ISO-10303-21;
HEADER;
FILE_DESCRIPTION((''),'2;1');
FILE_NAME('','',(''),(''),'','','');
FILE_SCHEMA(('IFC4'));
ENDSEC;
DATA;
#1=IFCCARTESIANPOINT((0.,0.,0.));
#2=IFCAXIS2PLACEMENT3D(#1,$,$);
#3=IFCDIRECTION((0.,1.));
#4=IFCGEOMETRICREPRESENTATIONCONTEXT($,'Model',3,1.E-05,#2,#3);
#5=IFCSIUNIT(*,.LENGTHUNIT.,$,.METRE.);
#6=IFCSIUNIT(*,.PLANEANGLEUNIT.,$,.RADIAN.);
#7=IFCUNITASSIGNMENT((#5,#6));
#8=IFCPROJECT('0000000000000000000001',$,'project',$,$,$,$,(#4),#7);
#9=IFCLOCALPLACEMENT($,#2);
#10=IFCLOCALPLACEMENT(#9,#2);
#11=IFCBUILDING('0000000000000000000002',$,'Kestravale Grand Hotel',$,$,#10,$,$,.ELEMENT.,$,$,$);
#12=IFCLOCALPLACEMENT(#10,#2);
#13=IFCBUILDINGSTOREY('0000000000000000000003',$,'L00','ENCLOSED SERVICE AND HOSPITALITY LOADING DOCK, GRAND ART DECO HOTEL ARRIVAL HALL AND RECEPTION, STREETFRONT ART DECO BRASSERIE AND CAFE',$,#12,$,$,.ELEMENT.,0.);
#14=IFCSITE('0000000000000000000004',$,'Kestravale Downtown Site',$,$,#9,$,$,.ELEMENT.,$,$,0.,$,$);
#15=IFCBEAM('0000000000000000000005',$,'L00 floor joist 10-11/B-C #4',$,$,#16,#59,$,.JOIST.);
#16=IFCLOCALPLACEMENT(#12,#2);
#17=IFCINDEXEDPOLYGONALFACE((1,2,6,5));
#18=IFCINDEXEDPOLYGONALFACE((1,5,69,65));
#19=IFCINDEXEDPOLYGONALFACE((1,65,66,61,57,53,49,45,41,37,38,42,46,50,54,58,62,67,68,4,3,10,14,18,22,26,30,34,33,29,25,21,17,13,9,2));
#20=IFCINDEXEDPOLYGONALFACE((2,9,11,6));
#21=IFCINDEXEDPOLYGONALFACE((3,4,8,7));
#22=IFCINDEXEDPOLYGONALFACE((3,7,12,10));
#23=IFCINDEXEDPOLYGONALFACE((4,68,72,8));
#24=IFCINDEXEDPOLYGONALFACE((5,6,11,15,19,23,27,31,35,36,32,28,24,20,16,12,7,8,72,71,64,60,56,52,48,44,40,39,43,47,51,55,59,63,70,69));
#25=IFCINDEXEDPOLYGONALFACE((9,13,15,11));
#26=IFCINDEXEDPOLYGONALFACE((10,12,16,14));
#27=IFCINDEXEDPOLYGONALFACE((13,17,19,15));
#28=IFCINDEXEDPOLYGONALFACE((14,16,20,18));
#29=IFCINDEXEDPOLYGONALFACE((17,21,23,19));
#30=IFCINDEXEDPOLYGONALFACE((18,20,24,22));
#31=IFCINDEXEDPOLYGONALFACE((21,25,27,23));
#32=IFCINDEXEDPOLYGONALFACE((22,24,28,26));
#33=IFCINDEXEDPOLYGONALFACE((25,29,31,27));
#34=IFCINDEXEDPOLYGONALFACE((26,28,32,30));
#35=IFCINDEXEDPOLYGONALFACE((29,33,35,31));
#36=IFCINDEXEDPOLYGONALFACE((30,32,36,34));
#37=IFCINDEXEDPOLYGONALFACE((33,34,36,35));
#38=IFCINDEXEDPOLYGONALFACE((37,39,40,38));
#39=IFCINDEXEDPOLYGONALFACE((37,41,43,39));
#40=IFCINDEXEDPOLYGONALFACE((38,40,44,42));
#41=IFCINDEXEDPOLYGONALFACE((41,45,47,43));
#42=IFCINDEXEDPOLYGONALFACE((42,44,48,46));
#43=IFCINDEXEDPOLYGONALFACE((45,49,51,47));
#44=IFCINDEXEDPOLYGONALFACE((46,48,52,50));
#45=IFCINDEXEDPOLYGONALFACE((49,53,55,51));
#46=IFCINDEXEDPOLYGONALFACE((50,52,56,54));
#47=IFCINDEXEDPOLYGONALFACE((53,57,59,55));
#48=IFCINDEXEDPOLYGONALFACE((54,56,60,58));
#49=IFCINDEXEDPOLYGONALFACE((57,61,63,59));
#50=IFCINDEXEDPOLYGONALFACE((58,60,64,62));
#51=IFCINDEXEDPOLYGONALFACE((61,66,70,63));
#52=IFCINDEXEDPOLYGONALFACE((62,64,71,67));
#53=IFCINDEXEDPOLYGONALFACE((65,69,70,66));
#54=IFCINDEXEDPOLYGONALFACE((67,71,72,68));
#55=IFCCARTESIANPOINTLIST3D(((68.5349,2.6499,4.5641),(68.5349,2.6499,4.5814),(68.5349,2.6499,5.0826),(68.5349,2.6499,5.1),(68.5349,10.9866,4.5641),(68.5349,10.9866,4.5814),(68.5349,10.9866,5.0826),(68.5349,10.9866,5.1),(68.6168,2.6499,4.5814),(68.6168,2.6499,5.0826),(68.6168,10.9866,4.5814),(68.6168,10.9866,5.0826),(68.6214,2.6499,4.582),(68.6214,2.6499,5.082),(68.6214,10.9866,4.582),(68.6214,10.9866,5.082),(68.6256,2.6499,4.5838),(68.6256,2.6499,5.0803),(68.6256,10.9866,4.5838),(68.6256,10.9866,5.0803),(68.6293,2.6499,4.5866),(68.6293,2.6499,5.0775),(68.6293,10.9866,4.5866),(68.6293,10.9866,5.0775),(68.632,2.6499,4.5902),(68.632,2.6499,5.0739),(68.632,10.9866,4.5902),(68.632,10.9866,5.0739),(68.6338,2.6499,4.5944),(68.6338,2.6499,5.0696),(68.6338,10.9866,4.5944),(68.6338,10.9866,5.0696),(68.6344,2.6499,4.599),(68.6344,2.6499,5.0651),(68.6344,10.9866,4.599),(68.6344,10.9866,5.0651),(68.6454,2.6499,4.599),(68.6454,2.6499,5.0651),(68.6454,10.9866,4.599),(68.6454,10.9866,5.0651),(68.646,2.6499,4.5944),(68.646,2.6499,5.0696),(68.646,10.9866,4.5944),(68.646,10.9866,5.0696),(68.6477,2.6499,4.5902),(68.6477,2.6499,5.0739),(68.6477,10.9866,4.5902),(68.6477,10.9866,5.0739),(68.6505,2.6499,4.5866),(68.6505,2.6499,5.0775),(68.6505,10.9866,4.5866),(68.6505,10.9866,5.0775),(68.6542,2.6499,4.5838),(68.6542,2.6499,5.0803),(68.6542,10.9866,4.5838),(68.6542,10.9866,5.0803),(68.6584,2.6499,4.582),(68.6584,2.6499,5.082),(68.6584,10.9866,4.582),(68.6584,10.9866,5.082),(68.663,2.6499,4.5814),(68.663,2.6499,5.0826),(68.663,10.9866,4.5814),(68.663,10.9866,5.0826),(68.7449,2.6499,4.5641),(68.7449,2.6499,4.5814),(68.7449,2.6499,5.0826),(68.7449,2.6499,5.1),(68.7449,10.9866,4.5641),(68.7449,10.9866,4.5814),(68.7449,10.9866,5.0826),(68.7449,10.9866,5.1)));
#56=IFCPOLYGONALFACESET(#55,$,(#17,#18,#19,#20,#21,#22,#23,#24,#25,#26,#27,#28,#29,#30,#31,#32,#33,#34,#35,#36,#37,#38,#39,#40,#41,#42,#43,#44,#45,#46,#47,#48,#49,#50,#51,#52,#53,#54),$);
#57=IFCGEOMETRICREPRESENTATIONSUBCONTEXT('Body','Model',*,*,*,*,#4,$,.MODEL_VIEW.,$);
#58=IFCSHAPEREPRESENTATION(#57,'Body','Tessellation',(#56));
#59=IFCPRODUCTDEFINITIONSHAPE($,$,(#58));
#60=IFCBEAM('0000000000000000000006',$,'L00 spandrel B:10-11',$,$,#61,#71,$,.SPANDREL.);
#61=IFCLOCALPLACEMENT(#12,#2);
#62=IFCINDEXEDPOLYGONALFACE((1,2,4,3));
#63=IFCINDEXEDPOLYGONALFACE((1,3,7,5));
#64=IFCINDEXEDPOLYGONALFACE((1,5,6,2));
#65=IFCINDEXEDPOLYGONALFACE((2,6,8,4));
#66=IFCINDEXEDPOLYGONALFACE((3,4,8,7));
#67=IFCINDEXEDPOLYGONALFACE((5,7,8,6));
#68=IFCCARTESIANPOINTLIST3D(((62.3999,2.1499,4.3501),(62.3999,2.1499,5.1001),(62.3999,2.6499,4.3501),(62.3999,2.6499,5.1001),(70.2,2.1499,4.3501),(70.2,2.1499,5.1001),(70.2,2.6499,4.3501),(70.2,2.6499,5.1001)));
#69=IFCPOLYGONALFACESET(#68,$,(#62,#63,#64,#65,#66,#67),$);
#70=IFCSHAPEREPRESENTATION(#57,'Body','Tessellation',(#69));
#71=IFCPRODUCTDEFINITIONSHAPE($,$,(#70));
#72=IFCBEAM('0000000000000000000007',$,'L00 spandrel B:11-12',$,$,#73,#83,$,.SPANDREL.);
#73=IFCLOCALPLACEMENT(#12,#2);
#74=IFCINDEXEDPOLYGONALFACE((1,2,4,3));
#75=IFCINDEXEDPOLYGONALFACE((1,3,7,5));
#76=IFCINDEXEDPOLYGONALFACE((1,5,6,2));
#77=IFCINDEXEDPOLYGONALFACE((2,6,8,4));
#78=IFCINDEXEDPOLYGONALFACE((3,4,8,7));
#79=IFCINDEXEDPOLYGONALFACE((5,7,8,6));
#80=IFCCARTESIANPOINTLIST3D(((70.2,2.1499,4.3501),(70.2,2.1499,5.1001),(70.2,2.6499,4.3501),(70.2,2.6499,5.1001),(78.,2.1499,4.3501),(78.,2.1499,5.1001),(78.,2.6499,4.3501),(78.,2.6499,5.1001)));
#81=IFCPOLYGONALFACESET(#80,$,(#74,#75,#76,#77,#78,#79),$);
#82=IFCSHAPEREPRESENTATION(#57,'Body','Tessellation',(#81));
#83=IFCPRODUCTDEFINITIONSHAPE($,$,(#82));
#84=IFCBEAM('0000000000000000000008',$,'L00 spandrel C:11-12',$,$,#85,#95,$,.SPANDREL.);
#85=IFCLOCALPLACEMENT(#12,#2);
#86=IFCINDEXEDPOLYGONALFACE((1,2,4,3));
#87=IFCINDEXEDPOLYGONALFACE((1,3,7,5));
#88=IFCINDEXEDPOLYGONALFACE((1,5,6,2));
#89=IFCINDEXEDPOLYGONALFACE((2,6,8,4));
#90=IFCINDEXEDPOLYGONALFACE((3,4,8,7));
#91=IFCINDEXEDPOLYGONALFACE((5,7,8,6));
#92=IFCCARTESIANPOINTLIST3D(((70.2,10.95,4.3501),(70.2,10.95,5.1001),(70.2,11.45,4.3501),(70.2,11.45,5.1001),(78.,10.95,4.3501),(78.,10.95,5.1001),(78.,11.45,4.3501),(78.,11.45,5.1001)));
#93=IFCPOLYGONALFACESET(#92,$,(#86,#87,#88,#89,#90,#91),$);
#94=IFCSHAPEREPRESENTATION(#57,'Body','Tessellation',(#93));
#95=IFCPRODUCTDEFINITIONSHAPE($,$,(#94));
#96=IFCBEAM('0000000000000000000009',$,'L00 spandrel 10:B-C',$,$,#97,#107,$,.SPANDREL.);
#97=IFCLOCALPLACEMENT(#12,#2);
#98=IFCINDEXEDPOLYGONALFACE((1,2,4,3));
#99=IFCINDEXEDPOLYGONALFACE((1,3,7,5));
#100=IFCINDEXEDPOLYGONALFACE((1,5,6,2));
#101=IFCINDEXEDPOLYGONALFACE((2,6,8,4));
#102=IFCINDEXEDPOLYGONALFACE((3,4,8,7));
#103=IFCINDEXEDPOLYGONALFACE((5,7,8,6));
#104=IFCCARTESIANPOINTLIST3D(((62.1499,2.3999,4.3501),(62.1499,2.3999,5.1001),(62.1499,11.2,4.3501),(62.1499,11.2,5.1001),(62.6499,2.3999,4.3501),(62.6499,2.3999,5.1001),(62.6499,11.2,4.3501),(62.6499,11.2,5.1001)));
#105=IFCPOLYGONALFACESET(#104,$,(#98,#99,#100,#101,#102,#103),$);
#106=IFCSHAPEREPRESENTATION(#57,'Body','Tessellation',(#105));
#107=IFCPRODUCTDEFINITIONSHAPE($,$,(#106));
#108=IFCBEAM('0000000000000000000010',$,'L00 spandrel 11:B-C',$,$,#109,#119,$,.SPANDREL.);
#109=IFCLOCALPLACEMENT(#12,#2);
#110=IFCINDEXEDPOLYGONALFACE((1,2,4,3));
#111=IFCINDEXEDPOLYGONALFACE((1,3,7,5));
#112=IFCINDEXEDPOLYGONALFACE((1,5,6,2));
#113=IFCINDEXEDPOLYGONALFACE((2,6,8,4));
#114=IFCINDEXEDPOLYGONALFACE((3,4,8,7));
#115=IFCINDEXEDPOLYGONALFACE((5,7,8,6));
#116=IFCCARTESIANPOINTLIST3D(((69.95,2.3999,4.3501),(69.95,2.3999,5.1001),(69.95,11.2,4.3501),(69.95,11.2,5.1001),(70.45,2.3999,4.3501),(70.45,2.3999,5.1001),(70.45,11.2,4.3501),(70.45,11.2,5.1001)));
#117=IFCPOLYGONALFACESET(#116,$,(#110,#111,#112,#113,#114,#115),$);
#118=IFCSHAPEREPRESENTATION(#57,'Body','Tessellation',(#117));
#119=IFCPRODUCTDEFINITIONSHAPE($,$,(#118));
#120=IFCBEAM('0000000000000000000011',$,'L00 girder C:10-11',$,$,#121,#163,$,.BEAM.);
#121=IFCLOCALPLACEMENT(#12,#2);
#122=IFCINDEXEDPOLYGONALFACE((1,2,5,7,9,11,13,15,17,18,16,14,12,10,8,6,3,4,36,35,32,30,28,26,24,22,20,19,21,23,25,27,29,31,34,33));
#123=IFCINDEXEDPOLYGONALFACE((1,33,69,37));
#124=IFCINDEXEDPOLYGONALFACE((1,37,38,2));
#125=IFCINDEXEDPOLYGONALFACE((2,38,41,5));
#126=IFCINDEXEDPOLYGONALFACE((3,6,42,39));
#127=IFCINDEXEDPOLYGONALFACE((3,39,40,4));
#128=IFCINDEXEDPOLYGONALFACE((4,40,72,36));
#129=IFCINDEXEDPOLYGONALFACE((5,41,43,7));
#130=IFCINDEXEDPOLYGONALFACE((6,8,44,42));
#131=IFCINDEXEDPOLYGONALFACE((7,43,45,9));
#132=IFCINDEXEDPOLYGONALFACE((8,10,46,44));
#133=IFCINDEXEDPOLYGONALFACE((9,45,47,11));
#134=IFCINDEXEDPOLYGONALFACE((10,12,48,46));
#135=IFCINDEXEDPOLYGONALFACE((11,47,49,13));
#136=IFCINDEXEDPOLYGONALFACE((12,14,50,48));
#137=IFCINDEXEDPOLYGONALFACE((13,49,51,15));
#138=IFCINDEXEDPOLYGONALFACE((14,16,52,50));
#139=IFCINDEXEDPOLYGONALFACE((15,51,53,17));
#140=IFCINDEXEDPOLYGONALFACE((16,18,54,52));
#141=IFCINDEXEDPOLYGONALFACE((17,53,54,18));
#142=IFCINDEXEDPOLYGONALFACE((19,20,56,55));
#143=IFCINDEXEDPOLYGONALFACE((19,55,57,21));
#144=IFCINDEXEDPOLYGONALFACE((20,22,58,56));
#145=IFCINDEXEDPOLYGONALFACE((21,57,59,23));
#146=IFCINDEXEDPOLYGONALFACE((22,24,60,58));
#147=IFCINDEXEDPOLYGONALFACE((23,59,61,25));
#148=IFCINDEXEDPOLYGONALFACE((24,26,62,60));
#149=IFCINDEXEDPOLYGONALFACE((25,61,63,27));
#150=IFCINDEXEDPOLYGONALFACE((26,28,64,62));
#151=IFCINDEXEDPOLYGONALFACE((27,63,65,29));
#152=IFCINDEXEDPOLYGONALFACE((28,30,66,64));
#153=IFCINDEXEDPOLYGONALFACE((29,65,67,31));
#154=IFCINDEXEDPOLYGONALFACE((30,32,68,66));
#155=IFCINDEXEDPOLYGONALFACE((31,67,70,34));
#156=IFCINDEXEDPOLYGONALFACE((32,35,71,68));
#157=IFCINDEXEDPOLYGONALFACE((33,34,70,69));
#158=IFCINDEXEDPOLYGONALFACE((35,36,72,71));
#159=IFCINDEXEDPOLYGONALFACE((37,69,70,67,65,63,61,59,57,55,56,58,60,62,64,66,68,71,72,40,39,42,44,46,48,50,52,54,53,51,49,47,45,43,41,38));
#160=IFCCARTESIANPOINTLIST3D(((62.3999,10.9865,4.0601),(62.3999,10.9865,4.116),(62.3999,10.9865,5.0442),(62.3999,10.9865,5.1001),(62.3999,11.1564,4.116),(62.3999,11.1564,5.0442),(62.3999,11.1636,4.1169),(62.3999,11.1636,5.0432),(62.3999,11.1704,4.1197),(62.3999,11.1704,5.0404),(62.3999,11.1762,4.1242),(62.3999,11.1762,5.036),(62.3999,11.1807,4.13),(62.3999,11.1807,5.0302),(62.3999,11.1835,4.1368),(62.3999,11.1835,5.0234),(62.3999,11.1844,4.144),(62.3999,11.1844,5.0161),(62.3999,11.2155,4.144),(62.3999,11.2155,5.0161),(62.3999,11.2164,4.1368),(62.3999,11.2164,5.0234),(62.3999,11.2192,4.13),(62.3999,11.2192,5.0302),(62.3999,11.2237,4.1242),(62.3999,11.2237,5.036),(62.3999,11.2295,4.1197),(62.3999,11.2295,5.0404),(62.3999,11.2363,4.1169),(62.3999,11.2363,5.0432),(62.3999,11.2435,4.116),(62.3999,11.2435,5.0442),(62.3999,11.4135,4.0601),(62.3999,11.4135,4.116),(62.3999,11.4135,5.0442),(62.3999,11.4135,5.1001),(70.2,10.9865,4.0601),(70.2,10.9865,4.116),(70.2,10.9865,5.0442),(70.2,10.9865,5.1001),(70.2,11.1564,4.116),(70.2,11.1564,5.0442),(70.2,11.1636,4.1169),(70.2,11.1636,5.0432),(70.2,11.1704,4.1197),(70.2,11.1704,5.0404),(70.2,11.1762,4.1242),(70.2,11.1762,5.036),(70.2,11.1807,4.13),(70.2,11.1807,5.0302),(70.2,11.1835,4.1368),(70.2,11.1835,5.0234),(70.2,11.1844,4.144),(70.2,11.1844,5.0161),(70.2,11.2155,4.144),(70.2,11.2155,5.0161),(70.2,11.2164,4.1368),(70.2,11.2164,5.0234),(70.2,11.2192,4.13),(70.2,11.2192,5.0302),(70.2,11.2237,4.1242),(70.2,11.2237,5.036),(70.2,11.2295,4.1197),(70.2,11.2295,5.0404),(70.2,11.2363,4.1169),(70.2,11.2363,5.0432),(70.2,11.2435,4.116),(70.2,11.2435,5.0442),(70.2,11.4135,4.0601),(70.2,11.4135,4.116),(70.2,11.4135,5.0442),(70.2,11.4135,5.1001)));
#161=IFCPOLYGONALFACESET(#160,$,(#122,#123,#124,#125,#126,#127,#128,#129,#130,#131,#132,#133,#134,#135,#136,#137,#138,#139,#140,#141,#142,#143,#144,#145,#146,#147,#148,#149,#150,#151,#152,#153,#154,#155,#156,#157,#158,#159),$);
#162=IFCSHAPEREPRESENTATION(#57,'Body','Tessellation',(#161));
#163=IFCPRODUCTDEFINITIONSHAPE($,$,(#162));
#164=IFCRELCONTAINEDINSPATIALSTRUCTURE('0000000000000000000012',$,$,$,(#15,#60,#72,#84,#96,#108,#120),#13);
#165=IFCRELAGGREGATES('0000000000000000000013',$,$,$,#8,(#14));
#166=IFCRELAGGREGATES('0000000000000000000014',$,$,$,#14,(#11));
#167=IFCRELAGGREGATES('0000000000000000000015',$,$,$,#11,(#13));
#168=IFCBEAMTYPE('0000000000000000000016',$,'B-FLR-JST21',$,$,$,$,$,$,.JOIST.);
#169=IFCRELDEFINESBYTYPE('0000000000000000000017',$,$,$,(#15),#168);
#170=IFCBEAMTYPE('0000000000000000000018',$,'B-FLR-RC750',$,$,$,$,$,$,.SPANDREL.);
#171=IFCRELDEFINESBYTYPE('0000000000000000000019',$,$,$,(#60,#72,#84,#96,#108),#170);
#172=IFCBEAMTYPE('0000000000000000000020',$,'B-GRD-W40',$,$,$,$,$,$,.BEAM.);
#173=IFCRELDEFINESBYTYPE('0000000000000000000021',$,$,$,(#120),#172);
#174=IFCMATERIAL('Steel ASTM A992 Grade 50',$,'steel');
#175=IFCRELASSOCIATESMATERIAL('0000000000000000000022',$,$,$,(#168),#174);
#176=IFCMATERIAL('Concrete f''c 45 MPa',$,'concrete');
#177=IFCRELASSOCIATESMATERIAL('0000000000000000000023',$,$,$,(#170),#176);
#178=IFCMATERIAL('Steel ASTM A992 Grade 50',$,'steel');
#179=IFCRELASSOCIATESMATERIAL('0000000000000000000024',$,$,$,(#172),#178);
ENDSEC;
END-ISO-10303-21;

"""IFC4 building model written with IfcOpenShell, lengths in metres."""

from ifc_helpers import new_model, si_unit, direction, frame, origin, origin_2d, place, context, subcontext, project, spatial, rectangle, i_section, extrude, material, material_profile, profile_set, type_object, element, save


model = new_model("IFC4")

# Units and contexts
model_context = context("Model", 3, precision=1e-05, world=origin(), true_north=direction((0.0, 1.0)))
body_context = subcontext(model_context, "Body", "Model", "MODEL_VIEW")
ifc_project = project(units=[si_unit("LENGTHUNIT", "METRE"), si_unit("PLANEANGLEUNIT", "RADIAN")], contexts=[model_context])

# Site, building, storey
site_placement = place(None, origin())
site = spatial("IfcSite", under=ifc_project, at=site_placement, Name="Kestravale Downtown Site", CompositionType="ELEMENT", RefElevation=0.0)
building_placement = place(site_placement, origin())
building = spatial("IfcBuilding", under=site, at=building_placement, Name="Kestravale Grand Hotel", CompositionType="ELEMENT")
storey_placement = place(building_placement, origin())
storey = spatial("IfcBuildingStorey", under=building, at=storey_placement, Name="L00", Description="ENCLOSED SERVICE AND HOSPITALITY LOADING DOCK, GRAND ART DECO HOTEL ARRIVAL HALL AND RECEPTION, STREETFRONT ART DECO BRASSERIE AND CAFE", CompositionType="ELEMENT", Elevation=0.0)

# Beams
ifc_material_1 = material(Name="Steel ASTM A992 Grade 50", Category="steel")
ifc_material_profile_1 = material_profile(ifc_material_1, i_section(OverallWidth=0.21, OverallDepth=0.5359, WebThickness=0.011, FlangeThickness=0.0173, FilletRadius=0.0176, at=origin_2d()))
ifc_profile_set_1 = profile_set([ifc_material_profile_1], Name="Steel ASTM A992 Grade 50")
beam_type_1 = type_object("IfcBeamType", Name="B-FLR-JST21", PredefinedType="JOIST", material=ifc_profile_set_1)
for number, where, z_axis, x_axis, name in (
    (1, (68.6399, 2.6499, 4.832), (0.0, 1.0, 0.0), (-1.0, 0.0, 0.0), "L00 floor joist 10-11/B-C #4"),
):
    element("IfcBeam", number, at=place(storey_placement, frame(where, z_axis=z_axis, x_axis=x_axis)), inside=storey, type_object=beam_type_1, Name=name, PredefinedType="JOIST", context=body_context, shape_type="SweptSolid", body=[
        extrude(i_section(OverallWidth=0.21, OverallDepth=0.5359, WebThickness=0.011, FlangeThickness=0.0173, FilletRadius=0.0176, at=origin_2d()), origin(), (0.0, 0.0, 1.0), 8.3367),
    ])
ifc_material_2 = material(Name="Concrete f'c 45 MPa", Category="concrete")
ifc_material_profile_2 = material_profile(ifc_material_2, rectangle(XDim=0.5, YDim=0.75, at=origin_2d()))
ifc_profile_set_2 = profile_set([ifc_material_profile_2], Name="Concrete f'c 45 MPa")
beam_type_2 = type_object("IfcBeamType", Name="B-FLR-RC750", PredefinedType="SPANDREL", material=ifc_profile_set_2)
for number, where, z_axis, x_axis, name in (
    (2, (62.3999, 2.3999, 4.7251), (1.0, 0.0, 0.0), (0.0, 1.0, 0.0), "L00 spandrel B:10-11"),
    (3, (70.2, 2.3999, 4.7251), (1.0, 0.0, 0.0), (0.0, 1.0, 0.0), "L00 spandrel B:11-12"),
    (4, (70.2, 11.2, 4.7251), (1.0, 0.0, 0.0), (0.0, 1.0, 0.0), "L00 spandrel C:11-12"),
):
    element("IfcBeam", number, at=place(storey_placement, frame(where, z_axis=z_axis, x_axis=x_axis)), inside=storey, type_object=beam_type_2, Name=name, PredefinedType="SPANDREL", context=body_context, shape_type="SweptSolid", body=[
        extrude(rectangle(XDim=0.5, YDim=0.75, at=origin_2d()), origin(), (0.0, 0.0, 1.0), 7.8),
    ])
for number, where, z_axis, x_axis, name in (
    (5, (62.3999, 2.3999, 4.7251), (0.0, 1.0, 0.0), (-1.0, 0.0, 0.0), "L00 spandrel 10:B-C"),
    (6, (70.2, 2.3999, 4.7251), (0.0, 1.0, 0.0), (-1.0, 0.0, 0.0), "L00 spandrel 11:B-C"),
):
    element("IfcBeam", number, at=place(storey_placement, frame(where, z_axis=z_axis, x_axis=x_axis)), inside=storey, type_object=beam_type_2, Name=name, PredefinedType="SPANDREL", context=body_context, shape_type="SweptSolid", body=[
        extrude(rectangle(XDim=0.5, YDim=0.75, at=origin_2d()), origin(), (0.0, 0.0, 1.0), 8.8),
    ])
ifc_material_3 = material(Name="Steel ASTM A992 Grade 50", Category="steel")
ifc_material_profile_3 = material_profile(ifc_material_3, i_section(OverallWidth=0.427, OverallDepth=1.04, WebThickness=0.031, FlangeThickness=0.0559, FilletRadius=0.0281, at=origin_2d()))
ifc_profile_set_3 = profile_set([ifc_material_profile_3], Name="Steel ASTM A992 Grade 50")
beam_type_3 = type_object("IfcBeamType", Name="B-GRD-W40", PredefinedType="BEAM", material=ifc_profile_set_3)
beam_placement = place(storey_placement, frame((62.3999, 11.2, 4.5801), z_axis=(1.0, 0.0, 0.0), x_axis=(0.0, 1.0, 0.0)))
element("IfcBeam", 7, at=beam_placement, inside=storey, type_object=beam_type_3, Name="L00 girder C:10-11", PredefinedType="BEAM", context=body_context, shape_type="SweptSolid", body=[
    extrude(i_section(OverallWidth=0.427, OverallDepth=1.04, WebThickness=0.031, FlangeThickness=0.0559, FilletRadius=0.0281, at=origin_2d()), origin(), (0.0, 0.0, 1.0), 7.8),
])

save(model, "model.ifc")
